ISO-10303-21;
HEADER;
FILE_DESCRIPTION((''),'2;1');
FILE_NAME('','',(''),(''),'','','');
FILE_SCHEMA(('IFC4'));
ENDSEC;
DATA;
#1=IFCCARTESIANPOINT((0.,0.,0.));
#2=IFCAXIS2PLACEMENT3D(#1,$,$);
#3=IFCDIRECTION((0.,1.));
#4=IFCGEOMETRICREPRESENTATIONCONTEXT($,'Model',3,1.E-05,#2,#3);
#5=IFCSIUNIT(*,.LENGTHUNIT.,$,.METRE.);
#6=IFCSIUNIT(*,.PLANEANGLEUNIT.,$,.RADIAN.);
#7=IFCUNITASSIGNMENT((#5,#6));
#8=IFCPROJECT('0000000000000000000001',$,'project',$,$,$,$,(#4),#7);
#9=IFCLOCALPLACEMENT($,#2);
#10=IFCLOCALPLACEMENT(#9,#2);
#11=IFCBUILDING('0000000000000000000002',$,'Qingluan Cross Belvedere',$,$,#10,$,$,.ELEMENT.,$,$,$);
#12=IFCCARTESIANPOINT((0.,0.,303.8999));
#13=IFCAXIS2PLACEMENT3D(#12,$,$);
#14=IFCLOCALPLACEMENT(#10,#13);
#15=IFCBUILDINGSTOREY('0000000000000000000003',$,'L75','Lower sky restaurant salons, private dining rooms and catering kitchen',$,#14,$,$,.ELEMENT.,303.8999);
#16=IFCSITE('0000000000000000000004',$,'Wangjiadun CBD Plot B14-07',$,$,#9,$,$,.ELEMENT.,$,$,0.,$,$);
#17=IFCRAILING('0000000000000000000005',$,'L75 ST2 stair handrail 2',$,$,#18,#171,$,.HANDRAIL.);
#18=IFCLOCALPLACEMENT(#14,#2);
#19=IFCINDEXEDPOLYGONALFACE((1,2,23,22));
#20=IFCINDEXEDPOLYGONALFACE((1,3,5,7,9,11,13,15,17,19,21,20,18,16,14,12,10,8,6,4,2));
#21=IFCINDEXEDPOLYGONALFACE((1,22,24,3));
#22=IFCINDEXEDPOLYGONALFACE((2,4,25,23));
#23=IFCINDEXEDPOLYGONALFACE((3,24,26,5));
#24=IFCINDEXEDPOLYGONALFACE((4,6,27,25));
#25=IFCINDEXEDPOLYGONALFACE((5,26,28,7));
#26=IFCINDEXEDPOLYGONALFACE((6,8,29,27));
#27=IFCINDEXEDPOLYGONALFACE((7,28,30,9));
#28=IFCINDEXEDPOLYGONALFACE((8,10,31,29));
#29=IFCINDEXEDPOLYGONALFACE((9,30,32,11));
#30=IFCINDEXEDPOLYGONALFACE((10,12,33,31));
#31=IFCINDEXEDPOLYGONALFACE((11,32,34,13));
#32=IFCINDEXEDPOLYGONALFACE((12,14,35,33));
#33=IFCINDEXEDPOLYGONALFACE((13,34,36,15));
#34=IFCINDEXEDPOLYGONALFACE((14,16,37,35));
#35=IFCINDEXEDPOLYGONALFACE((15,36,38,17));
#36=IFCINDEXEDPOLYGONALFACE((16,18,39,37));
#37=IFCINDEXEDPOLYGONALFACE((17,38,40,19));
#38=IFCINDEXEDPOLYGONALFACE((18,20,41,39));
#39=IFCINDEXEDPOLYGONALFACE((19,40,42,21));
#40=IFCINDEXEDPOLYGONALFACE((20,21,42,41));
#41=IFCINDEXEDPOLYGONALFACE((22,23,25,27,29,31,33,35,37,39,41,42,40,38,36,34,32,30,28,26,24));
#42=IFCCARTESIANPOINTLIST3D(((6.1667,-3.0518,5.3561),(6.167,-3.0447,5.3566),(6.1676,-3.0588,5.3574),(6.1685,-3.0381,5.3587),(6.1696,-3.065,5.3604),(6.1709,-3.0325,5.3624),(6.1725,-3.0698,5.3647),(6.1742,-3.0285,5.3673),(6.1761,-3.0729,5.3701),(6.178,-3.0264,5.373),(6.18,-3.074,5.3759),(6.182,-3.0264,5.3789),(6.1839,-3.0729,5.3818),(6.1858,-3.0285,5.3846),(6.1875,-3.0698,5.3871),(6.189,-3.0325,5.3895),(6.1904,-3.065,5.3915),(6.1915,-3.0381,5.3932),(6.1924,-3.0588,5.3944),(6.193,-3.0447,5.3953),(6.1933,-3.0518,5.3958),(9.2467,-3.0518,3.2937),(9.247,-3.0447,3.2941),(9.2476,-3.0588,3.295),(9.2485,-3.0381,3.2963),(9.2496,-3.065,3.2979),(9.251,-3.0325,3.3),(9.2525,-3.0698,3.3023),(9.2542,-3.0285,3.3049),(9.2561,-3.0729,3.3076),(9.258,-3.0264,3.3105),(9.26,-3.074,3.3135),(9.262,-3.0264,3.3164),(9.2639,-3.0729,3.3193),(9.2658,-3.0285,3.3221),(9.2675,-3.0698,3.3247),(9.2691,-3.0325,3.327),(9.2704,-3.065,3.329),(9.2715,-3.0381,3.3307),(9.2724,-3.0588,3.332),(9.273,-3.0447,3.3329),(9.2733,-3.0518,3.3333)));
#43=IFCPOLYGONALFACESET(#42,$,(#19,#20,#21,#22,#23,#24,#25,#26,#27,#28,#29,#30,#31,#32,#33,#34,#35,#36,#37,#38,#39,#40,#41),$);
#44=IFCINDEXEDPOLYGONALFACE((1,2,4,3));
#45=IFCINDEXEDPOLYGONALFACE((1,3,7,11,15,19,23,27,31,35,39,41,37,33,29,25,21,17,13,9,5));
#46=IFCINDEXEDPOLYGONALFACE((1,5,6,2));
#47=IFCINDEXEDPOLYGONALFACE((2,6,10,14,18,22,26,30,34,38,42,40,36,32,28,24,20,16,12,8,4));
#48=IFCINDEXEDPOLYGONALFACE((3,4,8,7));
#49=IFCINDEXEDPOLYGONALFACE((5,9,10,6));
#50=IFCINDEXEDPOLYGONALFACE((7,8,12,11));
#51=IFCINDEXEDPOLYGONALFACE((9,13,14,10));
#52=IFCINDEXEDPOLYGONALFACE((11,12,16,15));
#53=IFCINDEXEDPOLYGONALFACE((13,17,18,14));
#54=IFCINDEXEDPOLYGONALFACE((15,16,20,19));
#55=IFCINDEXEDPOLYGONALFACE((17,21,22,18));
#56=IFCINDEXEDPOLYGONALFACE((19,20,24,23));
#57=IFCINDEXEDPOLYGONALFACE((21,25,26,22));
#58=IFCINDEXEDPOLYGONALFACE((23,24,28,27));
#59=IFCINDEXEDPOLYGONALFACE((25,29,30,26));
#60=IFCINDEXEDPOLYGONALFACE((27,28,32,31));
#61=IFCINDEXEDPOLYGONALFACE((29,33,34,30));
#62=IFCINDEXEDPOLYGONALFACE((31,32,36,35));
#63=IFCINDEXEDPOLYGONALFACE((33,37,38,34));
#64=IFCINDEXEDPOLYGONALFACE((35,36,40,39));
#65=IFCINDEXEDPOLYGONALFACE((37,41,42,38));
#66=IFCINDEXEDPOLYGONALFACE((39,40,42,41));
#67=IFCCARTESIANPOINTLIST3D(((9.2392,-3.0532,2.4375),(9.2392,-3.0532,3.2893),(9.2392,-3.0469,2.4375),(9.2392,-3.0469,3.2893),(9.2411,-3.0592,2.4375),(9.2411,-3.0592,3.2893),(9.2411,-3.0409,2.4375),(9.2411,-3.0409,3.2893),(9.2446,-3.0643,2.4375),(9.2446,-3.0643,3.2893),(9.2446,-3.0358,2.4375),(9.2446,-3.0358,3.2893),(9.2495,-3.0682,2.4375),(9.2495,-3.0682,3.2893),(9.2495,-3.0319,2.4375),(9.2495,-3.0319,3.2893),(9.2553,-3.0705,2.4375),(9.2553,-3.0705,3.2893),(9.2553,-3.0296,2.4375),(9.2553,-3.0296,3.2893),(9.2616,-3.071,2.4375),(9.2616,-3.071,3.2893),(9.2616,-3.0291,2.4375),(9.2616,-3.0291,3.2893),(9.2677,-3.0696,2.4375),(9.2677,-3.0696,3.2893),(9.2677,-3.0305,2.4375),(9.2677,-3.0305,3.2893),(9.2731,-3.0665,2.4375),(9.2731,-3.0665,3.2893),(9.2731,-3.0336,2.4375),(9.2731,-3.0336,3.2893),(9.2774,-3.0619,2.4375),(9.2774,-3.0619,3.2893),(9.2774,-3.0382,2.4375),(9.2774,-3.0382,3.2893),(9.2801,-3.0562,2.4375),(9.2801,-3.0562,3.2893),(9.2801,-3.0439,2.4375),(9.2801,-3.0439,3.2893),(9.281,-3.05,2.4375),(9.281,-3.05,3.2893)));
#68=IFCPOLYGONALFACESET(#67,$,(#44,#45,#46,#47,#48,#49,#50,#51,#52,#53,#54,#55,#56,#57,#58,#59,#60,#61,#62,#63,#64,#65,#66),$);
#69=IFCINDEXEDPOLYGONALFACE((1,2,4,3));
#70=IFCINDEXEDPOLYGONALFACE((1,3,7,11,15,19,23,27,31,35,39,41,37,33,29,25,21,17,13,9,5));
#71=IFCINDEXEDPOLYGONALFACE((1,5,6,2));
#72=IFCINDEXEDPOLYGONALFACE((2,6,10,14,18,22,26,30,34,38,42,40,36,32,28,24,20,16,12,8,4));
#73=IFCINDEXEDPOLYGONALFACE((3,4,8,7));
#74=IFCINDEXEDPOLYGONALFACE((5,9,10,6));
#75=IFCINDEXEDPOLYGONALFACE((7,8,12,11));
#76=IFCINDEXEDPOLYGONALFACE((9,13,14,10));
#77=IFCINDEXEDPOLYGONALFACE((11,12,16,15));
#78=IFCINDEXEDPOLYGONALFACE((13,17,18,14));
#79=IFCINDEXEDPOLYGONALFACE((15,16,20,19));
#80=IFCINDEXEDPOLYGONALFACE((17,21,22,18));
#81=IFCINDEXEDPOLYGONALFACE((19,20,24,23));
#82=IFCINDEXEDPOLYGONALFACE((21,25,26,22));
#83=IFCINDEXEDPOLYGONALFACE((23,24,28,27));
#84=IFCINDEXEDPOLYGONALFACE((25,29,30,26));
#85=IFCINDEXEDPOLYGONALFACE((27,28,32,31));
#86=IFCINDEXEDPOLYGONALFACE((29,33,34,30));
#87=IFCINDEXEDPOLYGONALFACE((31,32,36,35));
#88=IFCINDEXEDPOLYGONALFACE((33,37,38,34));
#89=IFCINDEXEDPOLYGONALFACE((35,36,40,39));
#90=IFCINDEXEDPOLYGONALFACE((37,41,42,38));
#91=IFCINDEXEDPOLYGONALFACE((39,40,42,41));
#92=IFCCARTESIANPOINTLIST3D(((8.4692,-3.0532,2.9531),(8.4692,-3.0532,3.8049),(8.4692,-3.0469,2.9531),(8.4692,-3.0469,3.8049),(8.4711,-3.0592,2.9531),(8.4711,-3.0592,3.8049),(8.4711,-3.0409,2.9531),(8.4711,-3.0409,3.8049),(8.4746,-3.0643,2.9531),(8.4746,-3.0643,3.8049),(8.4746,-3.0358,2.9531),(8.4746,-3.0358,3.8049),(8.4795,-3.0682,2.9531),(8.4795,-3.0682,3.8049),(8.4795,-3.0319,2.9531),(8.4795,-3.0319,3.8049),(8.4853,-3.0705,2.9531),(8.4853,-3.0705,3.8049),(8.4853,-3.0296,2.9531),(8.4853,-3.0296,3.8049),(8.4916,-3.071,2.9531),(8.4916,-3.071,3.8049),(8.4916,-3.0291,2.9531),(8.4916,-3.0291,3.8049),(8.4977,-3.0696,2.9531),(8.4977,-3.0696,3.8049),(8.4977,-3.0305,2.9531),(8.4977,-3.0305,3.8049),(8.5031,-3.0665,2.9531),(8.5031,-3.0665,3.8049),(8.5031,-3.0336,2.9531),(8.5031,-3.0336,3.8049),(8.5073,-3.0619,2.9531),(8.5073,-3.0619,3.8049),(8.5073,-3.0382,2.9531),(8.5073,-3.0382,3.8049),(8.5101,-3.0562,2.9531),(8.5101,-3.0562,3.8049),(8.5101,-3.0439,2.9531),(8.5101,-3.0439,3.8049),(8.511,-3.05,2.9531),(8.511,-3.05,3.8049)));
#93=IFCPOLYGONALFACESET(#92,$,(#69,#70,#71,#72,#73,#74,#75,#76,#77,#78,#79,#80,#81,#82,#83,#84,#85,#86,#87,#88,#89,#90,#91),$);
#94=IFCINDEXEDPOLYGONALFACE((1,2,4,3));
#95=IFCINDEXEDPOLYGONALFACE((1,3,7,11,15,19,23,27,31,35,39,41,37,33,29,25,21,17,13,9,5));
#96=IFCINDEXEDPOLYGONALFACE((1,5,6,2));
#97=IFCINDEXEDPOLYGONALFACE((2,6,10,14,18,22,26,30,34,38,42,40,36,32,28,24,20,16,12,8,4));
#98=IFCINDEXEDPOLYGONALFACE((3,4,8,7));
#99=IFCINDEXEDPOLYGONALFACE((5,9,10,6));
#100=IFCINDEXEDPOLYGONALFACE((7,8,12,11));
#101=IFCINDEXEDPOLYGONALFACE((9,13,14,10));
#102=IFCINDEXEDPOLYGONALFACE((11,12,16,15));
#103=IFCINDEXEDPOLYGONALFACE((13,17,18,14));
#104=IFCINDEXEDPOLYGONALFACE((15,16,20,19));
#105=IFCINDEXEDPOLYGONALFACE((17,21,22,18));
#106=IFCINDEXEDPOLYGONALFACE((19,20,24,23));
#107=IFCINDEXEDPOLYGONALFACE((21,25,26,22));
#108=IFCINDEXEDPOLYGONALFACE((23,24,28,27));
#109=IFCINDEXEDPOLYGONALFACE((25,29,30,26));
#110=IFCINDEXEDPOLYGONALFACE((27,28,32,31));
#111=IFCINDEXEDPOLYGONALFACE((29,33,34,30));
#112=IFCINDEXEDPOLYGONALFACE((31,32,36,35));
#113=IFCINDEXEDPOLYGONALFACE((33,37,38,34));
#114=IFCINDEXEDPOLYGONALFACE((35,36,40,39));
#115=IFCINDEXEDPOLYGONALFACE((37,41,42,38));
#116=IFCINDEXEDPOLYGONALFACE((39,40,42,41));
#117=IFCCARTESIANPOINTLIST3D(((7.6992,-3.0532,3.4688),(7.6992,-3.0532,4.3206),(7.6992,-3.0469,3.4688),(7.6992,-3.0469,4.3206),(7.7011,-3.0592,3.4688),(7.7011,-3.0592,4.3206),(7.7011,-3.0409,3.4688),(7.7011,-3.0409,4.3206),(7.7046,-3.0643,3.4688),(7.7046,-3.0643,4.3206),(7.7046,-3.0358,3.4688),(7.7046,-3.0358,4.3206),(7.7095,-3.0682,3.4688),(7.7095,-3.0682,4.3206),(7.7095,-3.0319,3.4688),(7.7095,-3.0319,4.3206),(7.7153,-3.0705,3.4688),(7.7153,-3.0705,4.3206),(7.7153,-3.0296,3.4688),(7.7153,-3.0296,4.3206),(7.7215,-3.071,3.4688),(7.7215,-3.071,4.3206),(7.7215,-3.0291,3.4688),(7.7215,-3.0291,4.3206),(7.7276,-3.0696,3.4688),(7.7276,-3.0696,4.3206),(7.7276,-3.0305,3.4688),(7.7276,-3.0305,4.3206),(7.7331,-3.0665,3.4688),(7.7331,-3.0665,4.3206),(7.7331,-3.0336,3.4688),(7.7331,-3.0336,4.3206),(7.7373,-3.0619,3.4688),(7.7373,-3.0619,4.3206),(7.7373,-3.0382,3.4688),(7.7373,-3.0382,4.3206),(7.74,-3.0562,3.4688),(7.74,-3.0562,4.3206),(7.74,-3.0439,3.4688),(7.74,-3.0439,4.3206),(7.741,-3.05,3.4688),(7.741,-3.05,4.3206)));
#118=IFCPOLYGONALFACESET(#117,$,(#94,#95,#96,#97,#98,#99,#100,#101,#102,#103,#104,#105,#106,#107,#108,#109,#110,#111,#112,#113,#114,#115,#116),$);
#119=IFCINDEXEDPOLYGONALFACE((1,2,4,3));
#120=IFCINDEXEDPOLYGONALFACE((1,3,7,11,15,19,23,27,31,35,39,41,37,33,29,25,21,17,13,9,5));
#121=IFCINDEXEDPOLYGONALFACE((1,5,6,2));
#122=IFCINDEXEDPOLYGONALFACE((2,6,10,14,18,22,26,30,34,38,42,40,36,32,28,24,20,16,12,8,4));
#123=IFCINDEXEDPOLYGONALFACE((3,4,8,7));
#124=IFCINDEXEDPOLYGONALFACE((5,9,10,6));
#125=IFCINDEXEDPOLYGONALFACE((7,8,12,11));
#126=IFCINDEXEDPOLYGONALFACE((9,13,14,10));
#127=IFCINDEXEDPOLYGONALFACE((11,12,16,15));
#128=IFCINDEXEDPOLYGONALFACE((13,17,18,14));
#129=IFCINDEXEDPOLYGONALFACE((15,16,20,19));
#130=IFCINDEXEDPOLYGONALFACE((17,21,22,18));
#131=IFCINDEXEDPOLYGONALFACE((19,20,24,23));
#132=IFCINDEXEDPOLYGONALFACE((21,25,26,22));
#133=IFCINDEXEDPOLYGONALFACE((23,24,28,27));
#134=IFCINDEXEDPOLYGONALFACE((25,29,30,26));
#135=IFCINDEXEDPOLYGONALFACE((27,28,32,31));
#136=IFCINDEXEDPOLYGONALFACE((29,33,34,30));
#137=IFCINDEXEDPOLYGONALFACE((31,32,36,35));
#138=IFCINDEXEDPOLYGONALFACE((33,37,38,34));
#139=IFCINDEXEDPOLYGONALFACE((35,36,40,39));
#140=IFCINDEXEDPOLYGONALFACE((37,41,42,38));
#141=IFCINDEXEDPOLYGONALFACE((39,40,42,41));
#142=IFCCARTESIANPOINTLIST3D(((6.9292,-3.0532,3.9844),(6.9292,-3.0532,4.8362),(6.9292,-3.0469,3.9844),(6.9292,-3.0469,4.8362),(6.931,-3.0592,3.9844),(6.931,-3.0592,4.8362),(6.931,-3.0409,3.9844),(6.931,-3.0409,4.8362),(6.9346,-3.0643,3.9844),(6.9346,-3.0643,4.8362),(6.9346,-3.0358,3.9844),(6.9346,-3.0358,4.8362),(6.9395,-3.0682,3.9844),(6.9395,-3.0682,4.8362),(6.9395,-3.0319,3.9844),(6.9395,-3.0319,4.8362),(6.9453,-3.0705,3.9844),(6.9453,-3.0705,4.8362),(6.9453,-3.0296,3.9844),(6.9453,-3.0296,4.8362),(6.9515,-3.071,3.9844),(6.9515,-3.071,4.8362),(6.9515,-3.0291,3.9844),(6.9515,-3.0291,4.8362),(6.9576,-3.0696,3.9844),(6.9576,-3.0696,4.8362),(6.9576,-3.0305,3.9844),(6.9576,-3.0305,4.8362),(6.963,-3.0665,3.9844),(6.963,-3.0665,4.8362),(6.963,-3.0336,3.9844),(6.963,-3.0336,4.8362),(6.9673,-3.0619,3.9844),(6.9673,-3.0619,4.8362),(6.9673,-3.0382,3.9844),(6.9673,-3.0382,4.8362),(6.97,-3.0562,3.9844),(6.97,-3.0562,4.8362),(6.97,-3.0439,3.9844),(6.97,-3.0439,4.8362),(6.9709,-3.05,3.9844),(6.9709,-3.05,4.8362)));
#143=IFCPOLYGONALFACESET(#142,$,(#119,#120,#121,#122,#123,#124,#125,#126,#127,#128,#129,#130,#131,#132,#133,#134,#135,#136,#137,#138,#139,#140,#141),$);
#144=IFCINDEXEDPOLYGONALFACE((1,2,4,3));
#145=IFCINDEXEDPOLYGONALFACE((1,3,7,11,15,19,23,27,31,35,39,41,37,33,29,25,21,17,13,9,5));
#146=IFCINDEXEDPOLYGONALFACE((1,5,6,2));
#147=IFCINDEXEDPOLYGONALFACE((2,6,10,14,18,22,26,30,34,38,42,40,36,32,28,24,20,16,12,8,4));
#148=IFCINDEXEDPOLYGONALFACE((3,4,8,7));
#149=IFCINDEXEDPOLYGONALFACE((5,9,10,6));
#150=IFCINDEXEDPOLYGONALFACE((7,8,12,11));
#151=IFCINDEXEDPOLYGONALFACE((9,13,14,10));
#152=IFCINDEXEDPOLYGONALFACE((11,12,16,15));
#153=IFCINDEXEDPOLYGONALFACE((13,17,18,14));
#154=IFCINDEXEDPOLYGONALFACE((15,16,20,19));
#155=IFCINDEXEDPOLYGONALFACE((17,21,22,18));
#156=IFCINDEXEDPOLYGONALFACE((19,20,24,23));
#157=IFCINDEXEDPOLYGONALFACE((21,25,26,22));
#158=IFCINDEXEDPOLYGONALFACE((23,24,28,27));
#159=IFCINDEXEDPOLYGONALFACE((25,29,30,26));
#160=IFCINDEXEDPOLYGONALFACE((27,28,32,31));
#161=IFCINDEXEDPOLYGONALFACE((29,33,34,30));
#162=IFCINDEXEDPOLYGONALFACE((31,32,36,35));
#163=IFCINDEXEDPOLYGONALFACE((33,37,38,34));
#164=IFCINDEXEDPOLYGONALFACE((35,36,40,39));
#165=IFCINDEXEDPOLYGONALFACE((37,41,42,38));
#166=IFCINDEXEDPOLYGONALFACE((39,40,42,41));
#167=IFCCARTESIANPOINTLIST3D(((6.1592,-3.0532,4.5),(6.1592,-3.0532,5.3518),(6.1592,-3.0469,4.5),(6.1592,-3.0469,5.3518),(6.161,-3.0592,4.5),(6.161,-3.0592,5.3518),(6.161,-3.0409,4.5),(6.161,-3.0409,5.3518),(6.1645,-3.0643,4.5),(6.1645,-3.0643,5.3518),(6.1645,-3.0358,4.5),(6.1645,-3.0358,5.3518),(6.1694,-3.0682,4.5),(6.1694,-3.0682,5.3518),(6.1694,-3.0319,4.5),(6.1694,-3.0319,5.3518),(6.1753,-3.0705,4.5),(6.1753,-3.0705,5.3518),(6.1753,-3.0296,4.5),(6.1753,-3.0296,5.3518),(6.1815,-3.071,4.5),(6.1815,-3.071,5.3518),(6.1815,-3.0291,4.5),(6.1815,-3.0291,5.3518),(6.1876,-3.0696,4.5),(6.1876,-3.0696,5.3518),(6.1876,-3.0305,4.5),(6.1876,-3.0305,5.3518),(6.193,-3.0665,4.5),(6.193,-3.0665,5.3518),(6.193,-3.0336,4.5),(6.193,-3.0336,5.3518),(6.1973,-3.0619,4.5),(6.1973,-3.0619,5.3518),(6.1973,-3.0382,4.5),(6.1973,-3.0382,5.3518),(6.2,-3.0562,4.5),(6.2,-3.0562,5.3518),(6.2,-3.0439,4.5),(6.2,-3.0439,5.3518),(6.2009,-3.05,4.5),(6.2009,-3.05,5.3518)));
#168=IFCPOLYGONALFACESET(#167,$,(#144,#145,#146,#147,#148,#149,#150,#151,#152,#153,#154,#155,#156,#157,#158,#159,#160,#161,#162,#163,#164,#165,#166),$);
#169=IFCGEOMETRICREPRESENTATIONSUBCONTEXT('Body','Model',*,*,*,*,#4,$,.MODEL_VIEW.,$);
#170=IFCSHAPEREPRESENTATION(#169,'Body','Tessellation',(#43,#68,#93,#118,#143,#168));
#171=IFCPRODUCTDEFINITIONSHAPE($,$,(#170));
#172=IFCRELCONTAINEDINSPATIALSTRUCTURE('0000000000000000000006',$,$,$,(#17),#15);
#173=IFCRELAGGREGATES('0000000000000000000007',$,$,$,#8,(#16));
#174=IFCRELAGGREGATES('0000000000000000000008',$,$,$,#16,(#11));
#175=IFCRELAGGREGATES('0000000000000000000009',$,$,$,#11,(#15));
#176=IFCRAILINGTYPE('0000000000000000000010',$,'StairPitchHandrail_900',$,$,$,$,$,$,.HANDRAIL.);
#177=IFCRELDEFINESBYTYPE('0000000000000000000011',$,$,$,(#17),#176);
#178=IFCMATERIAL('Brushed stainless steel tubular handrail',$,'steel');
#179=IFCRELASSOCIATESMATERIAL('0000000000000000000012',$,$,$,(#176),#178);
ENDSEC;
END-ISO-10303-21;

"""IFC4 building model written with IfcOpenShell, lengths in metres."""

from ifc_helpers import new_model, si_unit, direction, frame, origin, origin_2d, place, context, subcontext, project, spatial, circle, extrude, material, type_object, element, save


model = new_model("IFC4")

# Units and contexts
model_context = context("Model", 3, precision=1e-05, world=origin(), true_north=direction((0.0, 1.0)))
body_context = subcontext(model_context, "Body", "Model", "MODEL_VIEW")
ifc_project = project(units=[si_unit("LENGTHUNIT", "METRE"), si_unit("PLANEANGLEUNIT", "RADIAN")], contexts=[model_context])

# Site, building, storey
site_placement = place(None, origin())
site = spatial("IfcSite", under=ifc_project, at=site_placement, Name="Wangjiadun CBD Plot B14-07", CompositionType="ELEMENT", RefElevation=0.0)
building_placement = place(site_placement, origin())
building = spatial("IfcBuilding", under=site, at=building_placement, Name="Qingluan Cross Belvedere", CompositionType="ELEMENT")
storey_placement = place(building_placement, frame((0.0, 0.0, 303.8999)))
storey = spatial("IfcBuildingStorey", under=building, at=storey_placement, Name="L75", Description="Lower sky restaurant salons, private dining rooms and catering kitchen", CompositionType="ELEMENT", Elevation=303.8999)

# Railing
ifc_material_1 = material(Name="Brushed stainless steel tubular handrail", Category="steel")
railing_type_1 = type_object("IfcRailingType", Name="StairPitchHandrail_900", PredefinedType="HANDRAIL", material=ifc_material_1)
railing_1_placement = place(storey_placement, frame((9.26, -3.05, 2.4375)))
element("IfcRailing", 1, at=railing_1_placement, inside=storey, type_object=railing_type_1, Name="L75 ST2 stair handrail 2", PredefinedType="HANDRAIL", context=body_context, shape_type="SweptSolid", body=[
    extrude(circle(Radius=0.0239, at=origin_2d()), frame((0.0, 0.0, 0.876), z_axis=(-0.830914, 0.0, 0.556401), x_axis=(0.0, -1.0, 0.0)), (0.0, 0.0, 1.0), 3.7068),
    extrude(circle(Radius=0.021, at=origin_2d()), origin(), (0.0, 0.0, 1.0), 0.8518),
    extrude(circle(Radius=0.021, at=origin_2d()), frame((-0.77, 0.0, 0.5156)), (0.0, 0.0, 1.0), 0.8518),
    extrude(circle(Radius=0.021, at=origin_2d()), frame((-1.54, 0.0, 1.0312)), (0.0, 0.0, 1.0), 0.8518),
    extrude(circle(Radius=0.021, at=origin_2d()), frame((-2.3101, 0.0, 1.5469)), (0.0, 0.0, 1.0), 0.8518),
    extrude(circle(Radius=0.021, at=origin_2d()), frame((-3.0801, 0.0, 2.0625)), (0.0, 0.0, 1.0), 0.8518),
])

save(model, "model.ifc")
